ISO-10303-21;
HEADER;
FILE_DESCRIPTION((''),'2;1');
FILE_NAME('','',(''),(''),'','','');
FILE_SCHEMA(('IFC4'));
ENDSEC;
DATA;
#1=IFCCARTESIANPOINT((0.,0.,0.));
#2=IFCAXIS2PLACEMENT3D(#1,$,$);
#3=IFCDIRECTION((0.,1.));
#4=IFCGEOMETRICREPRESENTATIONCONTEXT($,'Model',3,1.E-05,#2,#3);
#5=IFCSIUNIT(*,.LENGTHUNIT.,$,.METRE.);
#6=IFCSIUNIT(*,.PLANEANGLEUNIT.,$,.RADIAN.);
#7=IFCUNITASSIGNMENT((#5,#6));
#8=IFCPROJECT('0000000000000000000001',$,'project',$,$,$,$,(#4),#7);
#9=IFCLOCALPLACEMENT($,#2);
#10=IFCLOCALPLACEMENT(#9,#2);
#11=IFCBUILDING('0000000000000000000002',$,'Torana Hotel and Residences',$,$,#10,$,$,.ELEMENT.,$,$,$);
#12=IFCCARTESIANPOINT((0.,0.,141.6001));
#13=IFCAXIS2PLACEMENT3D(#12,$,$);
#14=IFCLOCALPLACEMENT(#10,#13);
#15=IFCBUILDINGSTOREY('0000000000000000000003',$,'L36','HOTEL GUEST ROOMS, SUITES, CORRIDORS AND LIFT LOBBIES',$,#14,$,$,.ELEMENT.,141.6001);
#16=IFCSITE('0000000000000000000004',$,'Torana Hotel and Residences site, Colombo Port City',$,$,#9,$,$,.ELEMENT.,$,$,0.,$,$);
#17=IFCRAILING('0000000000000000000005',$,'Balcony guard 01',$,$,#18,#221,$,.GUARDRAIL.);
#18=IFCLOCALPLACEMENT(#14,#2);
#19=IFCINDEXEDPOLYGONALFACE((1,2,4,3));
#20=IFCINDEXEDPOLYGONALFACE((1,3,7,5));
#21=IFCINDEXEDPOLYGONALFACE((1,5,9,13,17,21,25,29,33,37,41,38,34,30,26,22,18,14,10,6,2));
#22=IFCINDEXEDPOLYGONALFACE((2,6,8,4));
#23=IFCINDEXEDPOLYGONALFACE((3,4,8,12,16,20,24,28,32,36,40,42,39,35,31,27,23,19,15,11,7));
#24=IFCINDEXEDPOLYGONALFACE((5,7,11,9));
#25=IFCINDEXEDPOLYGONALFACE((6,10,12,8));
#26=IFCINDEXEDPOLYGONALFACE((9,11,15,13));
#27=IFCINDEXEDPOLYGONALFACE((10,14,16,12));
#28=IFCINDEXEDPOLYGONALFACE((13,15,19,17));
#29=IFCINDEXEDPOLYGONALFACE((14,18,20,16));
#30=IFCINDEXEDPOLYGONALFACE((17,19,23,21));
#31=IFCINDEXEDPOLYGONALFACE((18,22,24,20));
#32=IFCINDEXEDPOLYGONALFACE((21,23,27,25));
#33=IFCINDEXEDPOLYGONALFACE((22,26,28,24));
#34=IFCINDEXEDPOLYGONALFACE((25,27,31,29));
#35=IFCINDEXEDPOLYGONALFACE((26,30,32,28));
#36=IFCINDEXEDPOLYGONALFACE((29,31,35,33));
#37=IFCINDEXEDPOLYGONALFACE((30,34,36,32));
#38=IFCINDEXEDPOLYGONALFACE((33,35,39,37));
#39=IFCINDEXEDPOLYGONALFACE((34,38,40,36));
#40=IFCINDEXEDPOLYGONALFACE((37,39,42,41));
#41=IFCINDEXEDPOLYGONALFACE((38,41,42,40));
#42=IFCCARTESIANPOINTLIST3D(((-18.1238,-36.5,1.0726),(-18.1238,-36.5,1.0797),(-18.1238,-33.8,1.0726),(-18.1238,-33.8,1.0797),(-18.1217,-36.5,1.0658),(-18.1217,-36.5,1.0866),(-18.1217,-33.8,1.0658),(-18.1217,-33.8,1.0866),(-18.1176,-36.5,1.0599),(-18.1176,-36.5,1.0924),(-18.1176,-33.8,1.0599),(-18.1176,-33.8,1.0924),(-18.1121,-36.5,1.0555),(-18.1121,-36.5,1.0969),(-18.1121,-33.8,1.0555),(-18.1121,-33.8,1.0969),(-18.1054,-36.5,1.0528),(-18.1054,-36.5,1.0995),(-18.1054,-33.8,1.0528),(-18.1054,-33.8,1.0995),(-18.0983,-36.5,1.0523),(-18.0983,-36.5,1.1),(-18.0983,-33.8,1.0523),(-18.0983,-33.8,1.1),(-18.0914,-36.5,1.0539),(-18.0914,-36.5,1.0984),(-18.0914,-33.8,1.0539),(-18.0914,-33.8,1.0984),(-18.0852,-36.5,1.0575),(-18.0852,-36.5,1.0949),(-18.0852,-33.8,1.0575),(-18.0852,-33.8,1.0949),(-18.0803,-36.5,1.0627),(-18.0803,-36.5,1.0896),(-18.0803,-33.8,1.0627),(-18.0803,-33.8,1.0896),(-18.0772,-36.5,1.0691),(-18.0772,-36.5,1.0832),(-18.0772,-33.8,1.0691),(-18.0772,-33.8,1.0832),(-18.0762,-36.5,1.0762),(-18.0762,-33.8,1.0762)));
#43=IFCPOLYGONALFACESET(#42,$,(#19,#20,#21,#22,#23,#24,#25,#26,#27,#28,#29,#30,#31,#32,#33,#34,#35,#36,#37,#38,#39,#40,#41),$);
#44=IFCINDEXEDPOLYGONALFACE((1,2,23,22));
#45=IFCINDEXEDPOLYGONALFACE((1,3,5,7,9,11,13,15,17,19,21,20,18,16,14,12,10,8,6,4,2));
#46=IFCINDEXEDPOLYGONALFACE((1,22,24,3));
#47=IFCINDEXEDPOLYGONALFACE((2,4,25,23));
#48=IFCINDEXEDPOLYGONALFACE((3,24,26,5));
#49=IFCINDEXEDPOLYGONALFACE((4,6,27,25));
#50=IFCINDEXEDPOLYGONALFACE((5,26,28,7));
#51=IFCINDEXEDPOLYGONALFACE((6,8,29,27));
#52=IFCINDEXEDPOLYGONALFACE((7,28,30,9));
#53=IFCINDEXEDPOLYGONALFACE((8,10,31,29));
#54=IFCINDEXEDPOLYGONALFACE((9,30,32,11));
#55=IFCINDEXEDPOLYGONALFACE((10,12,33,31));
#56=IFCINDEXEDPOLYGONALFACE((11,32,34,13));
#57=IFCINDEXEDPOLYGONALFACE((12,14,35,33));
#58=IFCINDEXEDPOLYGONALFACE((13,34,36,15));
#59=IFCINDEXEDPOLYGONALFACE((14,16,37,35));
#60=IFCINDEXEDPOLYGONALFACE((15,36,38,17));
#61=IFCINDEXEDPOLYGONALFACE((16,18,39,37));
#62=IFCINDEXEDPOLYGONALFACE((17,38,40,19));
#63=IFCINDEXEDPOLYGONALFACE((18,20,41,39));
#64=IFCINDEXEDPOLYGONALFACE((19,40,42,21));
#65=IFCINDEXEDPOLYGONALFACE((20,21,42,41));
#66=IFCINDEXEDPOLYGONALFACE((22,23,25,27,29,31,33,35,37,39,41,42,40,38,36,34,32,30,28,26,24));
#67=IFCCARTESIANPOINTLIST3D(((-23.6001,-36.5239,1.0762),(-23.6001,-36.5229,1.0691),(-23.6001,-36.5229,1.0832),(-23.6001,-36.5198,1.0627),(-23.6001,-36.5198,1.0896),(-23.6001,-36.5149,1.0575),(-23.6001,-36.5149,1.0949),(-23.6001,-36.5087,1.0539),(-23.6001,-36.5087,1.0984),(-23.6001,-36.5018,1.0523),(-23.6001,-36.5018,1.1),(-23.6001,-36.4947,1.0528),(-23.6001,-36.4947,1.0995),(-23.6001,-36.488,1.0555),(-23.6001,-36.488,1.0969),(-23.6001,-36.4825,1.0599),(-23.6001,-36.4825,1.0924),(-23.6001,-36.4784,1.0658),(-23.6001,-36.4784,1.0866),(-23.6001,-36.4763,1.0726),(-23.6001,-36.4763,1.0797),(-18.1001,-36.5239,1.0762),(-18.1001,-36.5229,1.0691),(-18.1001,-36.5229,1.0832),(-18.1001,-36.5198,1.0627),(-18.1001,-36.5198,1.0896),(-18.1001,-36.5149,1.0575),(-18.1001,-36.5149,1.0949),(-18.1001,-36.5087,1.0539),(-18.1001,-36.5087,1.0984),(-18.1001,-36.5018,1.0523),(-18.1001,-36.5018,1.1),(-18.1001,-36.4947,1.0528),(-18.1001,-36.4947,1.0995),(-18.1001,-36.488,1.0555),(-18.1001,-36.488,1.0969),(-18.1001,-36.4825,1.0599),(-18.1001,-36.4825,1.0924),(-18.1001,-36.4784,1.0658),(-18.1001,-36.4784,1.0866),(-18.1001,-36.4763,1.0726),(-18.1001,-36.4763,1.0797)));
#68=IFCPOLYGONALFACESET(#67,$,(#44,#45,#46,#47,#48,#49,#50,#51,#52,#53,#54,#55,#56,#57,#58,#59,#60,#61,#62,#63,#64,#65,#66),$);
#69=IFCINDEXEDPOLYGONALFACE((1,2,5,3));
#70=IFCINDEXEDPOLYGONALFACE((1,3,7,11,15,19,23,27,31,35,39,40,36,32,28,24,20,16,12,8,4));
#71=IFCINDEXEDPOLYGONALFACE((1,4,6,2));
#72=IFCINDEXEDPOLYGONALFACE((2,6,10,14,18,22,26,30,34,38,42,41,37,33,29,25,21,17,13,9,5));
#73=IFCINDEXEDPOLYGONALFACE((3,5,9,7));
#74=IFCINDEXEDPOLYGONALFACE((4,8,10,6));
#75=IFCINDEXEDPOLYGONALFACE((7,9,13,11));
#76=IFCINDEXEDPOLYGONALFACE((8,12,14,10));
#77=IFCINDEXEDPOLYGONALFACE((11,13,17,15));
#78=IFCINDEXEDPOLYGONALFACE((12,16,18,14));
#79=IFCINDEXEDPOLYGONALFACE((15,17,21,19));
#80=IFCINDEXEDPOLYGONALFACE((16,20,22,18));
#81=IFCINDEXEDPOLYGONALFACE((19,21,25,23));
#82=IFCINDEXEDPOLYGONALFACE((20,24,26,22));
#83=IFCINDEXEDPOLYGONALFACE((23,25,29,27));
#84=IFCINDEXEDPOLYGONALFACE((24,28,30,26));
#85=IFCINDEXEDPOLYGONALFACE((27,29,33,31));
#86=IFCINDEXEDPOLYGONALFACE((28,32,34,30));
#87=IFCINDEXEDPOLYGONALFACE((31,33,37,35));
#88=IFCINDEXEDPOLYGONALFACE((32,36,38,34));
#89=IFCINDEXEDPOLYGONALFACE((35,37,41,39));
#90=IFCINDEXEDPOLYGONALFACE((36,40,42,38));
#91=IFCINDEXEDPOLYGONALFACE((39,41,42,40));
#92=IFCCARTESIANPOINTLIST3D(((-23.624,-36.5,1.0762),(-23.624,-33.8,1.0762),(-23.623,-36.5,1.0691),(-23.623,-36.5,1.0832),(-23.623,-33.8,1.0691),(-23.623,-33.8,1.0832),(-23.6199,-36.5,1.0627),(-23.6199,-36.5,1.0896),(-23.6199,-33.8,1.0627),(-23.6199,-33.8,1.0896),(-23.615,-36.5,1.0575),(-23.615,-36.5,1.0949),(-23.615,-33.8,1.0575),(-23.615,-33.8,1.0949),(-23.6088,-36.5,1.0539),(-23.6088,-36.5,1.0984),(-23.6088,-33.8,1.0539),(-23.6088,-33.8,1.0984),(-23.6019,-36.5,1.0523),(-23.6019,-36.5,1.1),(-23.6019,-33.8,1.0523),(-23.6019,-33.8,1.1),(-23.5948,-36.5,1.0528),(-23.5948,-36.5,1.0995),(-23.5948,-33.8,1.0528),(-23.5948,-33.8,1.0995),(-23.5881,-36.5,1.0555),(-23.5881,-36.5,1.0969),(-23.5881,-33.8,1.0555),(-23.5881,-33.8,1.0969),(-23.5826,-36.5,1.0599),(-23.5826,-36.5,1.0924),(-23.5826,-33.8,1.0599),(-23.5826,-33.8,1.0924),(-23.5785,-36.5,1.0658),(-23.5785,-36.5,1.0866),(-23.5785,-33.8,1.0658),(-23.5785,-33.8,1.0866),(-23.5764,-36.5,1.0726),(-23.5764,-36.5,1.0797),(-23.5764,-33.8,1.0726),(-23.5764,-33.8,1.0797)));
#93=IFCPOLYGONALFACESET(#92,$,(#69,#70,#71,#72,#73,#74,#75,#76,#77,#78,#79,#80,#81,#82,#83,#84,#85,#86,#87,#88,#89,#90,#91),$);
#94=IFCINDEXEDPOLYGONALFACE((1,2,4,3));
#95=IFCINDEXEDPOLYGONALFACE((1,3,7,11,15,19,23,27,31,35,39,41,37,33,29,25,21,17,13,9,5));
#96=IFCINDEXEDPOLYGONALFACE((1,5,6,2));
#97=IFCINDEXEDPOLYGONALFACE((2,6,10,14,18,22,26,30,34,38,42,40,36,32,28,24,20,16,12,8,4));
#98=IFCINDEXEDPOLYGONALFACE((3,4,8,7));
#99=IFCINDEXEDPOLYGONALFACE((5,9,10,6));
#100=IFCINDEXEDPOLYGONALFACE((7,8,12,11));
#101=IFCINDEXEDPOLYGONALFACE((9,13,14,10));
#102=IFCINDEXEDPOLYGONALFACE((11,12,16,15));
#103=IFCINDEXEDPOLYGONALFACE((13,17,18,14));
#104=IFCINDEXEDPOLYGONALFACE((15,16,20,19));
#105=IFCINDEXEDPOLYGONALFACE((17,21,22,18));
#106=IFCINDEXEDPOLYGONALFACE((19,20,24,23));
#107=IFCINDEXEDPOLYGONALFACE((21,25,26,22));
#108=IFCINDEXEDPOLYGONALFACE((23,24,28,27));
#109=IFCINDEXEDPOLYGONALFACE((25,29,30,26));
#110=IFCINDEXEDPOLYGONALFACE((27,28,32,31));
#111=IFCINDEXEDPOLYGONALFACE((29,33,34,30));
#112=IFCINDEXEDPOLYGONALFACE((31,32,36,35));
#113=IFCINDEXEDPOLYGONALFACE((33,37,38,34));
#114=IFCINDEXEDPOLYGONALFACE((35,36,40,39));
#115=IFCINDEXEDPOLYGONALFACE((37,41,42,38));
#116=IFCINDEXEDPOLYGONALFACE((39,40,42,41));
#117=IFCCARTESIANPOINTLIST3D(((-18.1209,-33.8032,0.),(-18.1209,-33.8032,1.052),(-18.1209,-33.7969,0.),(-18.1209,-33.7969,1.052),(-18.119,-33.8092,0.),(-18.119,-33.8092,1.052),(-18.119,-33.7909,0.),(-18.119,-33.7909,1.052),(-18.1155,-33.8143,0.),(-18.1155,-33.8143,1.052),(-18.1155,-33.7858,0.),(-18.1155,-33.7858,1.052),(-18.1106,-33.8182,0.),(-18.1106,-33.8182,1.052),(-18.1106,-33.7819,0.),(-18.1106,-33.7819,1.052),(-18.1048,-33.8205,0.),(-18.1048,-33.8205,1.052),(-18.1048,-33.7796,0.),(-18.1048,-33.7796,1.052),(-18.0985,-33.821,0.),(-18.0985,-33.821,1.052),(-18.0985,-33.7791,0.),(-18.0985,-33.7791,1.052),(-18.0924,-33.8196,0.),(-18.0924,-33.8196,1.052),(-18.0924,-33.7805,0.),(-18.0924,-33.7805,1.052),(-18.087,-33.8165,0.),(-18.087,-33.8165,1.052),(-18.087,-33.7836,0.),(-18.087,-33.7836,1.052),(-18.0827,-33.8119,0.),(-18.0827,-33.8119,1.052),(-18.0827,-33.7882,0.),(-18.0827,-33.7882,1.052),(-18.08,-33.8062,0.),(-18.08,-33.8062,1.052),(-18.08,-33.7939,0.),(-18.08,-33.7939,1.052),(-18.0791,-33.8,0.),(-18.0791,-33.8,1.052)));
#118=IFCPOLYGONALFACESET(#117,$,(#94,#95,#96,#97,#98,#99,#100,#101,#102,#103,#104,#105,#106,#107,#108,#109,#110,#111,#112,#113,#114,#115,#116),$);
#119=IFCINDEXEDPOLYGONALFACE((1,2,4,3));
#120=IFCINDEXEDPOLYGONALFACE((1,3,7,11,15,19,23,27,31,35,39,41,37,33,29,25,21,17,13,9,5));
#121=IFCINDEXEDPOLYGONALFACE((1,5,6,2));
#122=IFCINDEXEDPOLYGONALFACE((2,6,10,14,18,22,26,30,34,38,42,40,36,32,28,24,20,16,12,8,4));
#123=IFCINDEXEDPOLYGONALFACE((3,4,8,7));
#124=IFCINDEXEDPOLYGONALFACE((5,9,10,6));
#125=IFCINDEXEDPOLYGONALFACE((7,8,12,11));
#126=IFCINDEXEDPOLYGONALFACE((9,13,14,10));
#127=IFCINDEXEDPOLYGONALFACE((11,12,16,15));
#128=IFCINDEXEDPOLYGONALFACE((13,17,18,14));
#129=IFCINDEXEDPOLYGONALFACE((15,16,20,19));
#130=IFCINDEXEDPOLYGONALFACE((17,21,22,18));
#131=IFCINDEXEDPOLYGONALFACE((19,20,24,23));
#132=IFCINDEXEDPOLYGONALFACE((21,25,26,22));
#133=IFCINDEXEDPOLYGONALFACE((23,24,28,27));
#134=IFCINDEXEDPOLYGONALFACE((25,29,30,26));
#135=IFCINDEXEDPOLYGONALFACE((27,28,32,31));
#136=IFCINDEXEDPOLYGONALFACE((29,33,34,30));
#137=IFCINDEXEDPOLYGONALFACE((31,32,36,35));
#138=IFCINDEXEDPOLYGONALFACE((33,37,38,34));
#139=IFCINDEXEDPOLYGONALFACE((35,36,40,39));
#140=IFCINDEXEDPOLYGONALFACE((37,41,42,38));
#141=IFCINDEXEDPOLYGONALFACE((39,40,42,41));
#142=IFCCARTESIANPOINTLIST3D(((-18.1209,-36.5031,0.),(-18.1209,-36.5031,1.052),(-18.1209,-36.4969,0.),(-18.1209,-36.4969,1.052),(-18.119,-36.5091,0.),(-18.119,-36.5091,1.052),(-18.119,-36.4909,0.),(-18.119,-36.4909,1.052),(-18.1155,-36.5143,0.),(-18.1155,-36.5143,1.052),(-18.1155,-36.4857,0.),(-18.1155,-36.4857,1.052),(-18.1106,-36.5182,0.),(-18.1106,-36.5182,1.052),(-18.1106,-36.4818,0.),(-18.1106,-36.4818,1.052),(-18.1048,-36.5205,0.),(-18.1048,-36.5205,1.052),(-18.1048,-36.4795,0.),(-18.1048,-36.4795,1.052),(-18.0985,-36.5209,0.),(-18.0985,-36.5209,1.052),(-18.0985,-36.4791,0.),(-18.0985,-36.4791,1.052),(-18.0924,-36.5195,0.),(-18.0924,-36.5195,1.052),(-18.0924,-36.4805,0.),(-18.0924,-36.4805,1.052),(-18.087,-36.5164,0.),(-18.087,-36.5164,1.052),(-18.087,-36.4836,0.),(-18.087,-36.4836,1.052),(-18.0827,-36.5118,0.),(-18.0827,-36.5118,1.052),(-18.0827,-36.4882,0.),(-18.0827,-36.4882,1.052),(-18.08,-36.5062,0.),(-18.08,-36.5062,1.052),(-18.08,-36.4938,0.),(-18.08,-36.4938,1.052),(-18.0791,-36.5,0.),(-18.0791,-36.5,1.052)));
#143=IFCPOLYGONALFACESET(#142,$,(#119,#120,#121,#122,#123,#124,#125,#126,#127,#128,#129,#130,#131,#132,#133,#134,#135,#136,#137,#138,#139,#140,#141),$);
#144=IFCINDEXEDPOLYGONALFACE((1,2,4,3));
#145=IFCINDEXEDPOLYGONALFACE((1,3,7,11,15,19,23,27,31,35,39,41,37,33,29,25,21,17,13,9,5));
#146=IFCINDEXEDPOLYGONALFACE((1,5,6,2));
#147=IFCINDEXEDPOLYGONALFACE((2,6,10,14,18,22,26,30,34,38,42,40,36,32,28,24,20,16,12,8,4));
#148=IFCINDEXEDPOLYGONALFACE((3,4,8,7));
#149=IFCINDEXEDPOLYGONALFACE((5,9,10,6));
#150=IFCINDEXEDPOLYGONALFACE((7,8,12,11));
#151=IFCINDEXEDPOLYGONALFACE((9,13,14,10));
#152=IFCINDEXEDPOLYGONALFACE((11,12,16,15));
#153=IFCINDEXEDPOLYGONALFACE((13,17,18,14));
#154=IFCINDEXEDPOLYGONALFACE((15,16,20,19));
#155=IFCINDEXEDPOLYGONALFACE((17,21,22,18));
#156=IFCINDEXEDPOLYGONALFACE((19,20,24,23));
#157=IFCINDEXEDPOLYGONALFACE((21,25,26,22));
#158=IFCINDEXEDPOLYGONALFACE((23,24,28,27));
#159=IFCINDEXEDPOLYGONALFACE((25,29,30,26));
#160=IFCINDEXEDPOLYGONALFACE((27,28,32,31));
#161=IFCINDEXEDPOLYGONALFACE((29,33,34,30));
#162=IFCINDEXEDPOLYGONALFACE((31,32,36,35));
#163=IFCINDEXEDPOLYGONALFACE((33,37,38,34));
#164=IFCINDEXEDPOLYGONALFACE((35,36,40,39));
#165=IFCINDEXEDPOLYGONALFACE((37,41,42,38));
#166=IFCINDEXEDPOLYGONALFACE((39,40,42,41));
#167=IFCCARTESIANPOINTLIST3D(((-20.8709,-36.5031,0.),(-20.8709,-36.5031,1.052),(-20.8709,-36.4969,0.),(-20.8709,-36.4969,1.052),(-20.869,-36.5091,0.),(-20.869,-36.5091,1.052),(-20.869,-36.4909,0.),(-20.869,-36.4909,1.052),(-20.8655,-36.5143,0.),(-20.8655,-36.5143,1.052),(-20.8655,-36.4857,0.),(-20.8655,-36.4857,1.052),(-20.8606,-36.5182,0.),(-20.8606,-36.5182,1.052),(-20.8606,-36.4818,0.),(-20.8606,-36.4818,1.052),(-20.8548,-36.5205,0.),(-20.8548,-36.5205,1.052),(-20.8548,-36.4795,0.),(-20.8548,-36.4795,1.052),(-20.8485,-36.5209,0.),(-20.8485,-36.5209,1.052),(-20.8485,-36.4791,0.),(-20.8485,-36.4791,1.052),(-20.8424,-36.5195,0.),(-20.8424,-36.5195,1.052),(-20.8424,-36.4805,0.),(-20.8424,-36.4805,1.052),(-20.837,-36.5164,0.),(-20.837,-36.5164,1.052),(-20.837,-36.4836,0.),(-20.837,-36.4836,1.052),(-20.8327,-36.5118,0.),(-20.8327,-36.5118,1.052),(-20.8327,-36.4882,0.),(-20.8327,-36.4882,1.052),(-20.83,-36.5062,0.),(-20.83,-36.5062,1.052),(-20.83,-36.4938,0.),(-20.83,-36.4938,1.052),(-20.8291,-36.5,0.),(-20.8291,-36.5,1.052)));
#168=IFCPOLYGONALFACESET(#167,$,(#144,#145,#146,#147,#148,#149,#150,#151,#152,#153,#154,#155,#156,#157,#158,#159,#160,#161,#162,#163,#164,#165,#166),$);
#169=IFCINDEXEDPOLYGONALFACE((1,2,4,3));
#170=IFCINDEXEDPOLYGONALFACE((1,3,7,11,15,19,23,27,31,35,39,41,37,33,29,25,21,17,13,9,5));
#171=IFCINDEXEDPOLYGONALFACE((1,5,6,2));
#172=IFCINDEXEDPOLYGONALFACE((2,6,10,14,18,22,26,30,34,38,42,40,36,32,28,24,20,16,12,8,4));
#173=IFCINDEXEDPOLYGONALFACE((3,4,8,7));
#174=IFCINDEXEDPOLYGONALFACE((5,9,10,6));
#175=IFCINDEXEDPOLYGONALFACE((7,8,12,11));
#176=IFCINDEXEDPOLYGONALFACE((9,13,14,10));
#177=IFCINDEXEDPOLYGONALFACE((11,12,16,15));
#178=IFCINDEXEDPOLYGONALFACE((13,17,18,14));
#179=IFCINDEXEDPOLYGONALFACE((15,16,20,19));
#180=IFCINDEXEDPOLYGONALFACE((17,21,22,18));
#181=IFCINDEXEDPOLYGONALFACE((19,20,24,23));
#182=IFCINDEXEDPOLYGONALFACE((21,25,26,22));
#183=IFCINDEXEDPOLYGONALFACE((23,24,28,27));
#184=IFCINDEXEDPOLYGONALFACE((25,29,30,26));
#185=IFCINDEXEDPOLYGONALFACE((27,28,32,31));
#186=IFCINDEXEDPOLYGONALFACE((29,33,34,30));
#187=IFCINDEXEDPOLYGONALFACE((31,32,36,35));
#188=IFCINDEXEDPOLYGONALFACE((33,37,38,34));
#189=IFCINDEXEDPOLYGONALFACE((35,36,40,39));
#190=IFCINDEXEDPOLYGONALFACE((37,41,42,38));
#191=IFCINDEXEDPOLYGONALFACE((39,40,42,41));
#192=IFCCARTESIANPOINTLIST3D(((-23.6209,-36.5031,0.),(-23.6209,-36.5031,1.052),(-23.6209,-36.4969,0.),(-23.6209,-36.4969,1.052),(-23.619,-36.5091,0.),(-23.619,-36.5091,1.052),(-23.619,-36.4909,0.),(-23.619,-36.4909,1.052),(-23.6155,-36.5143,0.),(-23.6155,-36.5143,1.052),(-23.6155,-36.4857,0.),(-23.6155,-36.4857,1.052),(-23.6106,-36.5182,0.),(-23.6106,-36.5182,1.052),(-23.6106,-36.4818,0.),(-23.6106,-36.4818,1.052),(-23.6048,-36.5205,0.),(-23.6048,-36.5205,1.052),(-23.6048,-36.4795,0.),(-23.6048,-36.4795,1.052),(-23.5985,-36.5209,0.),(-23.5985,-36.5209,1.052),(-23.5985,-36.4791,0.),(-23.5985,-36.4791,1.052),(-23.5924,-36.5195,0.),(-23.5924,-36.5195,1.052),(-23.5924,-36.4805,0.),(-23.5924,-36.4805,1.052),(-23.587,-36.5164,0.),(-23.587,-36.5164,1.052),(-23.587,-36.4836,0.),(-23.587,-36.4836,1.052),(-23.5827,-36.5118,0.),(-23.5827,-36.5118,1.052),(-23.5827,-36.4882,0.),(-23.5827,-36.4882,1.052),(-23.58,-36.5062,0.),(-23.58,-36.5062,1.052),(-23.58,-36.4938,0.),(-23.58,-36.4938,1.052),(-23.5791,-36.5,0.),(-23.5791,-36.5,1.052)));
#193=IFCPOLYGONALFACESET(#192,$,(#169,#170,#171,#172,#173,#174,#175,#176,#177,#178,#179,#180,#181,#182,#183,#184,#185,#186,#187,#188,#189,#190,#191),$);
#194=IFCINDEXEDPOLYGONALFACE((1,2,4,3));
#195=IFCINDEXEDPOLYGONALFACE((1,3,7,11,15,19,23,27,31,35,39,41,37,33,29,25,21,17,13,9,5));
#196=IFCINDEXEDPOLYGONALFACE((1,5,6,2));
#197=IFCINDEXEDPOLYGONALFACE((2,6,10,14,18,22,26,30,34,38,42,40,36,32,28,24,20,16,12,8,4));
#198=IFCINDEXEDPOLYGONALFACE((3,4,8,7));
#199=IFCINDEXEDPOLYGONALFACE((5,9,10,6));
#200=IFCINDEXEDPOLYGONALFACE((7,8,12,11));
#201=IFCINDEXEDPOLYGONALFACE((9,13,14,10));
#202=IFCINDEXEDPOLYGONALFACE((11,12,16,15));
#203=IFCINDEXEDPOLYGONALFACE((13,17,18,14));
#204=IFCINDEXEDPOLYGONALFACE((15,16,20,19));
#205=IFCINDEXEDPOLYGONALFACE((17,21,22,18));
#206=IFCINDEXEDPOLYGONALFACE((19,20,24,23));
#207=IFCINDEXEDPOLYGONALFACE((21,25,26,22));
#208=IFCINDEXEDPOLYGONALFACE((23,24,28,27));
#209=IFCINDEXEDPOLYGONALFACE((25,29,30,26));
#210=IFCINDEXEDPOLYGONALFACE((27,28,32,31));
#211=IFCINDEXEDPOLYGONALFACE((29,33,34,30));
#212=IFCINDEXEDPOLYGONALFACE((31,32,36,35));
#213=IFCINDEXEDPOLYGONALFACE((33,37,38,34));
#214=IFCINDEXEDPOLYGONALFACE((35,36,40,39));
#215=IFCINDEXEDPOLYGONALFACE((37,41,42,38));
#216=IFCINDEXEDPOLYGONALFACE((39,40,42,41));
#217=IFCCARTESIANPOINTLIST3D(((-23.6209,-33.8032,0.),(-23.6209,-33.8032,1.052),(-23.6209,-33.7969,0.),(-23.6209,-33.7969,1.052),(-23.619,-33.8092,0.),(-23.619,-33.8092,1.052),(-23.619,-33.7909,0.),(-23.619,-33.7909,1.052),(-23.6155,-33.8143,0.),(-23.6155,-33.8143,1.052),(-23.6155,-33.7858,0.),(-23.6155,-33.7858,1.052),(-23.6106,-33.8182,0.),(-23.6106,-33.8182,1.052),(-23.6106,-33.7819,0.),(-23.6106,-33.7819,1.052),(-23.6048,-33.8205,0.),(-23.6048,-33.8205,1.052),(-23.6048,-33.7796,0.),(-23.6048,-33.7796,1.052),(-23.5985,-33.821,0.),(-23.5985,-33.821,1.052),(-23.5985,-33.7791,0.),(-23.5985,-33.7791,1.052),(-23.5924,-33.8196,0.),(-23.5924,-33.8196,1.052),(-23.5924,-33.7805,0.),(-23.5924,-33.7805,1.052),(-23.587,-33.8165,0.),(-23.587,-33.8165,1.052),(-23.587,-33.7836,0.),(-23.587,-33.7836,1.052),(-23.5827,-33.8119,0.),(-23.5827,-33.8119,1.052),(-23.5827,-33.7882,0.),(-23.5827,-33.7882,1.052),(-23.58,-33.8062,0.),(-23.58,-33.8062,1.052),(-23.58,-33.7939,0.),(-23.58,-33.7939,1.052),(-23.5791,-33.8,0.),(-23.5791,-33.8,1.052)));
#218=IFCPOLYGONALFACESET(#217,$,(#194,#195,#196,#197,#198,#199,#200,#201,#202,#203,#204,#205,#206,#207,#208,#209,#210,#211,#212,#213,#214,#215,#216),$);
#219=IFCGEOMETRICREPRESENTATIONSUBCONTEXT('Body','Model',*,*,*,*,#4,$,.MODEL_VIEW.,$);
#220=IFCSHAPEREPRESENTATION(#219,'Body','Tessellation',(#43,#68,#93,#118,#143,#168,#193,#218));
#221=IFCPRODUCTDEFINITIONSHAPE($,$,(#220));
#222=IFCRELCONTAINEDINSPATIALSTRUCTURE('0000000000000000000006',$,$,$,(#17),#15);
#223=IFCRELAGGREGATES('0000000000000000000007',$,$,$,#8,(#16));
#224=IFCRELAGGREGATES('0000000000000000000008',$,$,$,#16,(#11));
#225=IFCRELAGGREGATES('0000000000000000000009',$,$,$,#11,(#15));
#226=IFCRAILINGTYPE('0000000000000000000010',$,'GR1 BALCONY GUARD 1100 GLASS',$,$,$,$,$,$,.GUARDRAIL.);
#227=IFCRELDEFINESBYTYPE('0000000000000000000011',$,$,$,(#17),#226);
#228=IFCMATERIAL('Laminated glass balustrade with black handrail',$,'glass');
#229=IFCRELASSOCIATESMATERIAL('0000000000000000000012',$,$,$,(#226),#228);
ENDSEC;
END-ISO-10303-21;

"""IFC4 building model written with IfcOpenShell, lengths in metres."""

from ifc_helpers import new_model, si_unit, direction, frame, origin, origin_2d, place, context, subcontext, project, spatial, circle, extrude, material, type_object, element, save


model = new_model("IFC4")

# Units and contexts
model_context = context("Model", 3, precision=1e-05, world=origin(), true_north=direction((0.0, 1.0)))
body_context = subcontext(model_context, "Body", "Model", "MODEL_VIEW")
ifc_project = project(units=[si_unit("LENGTHUNIT", "METRE"), si_unit("PLANEANGLEUNIT", "RADIAN")], contexts=[model_context])

# Site, building, storey
site_placement = place(None, origin())
site = spatial("IfcSite", under=ifc_project, at=site_placement, Name="Torana Hotel and Residences site, Colombo Port City", CompositionType="ELEMENT", RefElevation=0.0)
building_placement = place(site_placement, origin())
building = spatial("IfcBuilding", under=site, at=building_placement, Name="Torana Hotel and Residences", CompositionType="ELEMENT")
storey_placement = place(building_placement, frame((0.0, 0.0, 141.6001)))
storey = spatial("IfcBuildingStorey", under=building, at=storey_placement, Name="L36", Description="HOTEL GUEST ROOMS, SUITES, CORRIDORS AND LIFT LOBBIES", CompositionType="ELEMENT", Elevation=141.6001)

# Railing
ifc_material_1 = material(Name="Laminated glass balustrade with black handrail", Category="glass")
railing_type = type_object("IfcRailingType", Name="GR1 BALCONY GUARD 1100 GLASS", PredefinedType="GUARDRAIL", material=ifc_material_1)
railing_placement = place(storey_placement, frame((-18.1001, -33.8, 0.0)))
element("IfcRailing", 1, at=railing_placement, inside=storey, type_object=railing_type, Name="Balcony guard 01", PredefinedType="GUARDRAIL", context=body_context, shape_type="SweptSolid", body=[
    extrude(circle(Radius=0.0239, at=origin_2d()), frame((0.0, 0.0, 1.0762), z_axis=(0.0, -1.0, 0.0), x_axis=(1.0, 0.0, 0.0)), (0.0, 0.0, 1.0), 2.7),
    extrude(circle(Radius=0.0239, at=origin_2d()), frame((0.0, -2.7, 1.0762), z_axis=(-1.0, 0.0, 0.0), x_axis=(0.0, -1.0, 0.0)), (0.0, 0.0, 1.0), 5.5),
    extrude(circle(Radius=0.0239, at=origin_2d()), frame((-5.5, -2.7, 1.0762), z_axis=(0.0, 1.0, 0.0), x_axis=(-1.0, 0.0, 0.0)), (0.0, 0.0, 1.0), 2.7),
    extrude(circle(Radius=0.021, at=origin_2d()), origin(), (0.0, 0.0, 1.0), 1.052),
    extrude(circle(Radius=0.021, at=origin_2d()), frame((0.0, -2.7, 0.0)), (0.0, 0.0, 1.0), 1.052),
    extrude(circle(Radius=0.021, at=origin_2d()), frame((-2.75, -2.7, 0.0)), (0.0, 0.0, 1.0), 1.052),
    extrude(circle(Radius=0.021, at=origin_2d()), frame((-5.5, -2.7, 0.0)), (0.0, 0.0, 1.0), 1.052),
    extrude(circle(Radius=0.021, at=origin_2d()), frame((-5.5, 0.0, 0.0)), (0.0, 0.0, 1.0), 1.052),
])

save(model, "model.ifc")
